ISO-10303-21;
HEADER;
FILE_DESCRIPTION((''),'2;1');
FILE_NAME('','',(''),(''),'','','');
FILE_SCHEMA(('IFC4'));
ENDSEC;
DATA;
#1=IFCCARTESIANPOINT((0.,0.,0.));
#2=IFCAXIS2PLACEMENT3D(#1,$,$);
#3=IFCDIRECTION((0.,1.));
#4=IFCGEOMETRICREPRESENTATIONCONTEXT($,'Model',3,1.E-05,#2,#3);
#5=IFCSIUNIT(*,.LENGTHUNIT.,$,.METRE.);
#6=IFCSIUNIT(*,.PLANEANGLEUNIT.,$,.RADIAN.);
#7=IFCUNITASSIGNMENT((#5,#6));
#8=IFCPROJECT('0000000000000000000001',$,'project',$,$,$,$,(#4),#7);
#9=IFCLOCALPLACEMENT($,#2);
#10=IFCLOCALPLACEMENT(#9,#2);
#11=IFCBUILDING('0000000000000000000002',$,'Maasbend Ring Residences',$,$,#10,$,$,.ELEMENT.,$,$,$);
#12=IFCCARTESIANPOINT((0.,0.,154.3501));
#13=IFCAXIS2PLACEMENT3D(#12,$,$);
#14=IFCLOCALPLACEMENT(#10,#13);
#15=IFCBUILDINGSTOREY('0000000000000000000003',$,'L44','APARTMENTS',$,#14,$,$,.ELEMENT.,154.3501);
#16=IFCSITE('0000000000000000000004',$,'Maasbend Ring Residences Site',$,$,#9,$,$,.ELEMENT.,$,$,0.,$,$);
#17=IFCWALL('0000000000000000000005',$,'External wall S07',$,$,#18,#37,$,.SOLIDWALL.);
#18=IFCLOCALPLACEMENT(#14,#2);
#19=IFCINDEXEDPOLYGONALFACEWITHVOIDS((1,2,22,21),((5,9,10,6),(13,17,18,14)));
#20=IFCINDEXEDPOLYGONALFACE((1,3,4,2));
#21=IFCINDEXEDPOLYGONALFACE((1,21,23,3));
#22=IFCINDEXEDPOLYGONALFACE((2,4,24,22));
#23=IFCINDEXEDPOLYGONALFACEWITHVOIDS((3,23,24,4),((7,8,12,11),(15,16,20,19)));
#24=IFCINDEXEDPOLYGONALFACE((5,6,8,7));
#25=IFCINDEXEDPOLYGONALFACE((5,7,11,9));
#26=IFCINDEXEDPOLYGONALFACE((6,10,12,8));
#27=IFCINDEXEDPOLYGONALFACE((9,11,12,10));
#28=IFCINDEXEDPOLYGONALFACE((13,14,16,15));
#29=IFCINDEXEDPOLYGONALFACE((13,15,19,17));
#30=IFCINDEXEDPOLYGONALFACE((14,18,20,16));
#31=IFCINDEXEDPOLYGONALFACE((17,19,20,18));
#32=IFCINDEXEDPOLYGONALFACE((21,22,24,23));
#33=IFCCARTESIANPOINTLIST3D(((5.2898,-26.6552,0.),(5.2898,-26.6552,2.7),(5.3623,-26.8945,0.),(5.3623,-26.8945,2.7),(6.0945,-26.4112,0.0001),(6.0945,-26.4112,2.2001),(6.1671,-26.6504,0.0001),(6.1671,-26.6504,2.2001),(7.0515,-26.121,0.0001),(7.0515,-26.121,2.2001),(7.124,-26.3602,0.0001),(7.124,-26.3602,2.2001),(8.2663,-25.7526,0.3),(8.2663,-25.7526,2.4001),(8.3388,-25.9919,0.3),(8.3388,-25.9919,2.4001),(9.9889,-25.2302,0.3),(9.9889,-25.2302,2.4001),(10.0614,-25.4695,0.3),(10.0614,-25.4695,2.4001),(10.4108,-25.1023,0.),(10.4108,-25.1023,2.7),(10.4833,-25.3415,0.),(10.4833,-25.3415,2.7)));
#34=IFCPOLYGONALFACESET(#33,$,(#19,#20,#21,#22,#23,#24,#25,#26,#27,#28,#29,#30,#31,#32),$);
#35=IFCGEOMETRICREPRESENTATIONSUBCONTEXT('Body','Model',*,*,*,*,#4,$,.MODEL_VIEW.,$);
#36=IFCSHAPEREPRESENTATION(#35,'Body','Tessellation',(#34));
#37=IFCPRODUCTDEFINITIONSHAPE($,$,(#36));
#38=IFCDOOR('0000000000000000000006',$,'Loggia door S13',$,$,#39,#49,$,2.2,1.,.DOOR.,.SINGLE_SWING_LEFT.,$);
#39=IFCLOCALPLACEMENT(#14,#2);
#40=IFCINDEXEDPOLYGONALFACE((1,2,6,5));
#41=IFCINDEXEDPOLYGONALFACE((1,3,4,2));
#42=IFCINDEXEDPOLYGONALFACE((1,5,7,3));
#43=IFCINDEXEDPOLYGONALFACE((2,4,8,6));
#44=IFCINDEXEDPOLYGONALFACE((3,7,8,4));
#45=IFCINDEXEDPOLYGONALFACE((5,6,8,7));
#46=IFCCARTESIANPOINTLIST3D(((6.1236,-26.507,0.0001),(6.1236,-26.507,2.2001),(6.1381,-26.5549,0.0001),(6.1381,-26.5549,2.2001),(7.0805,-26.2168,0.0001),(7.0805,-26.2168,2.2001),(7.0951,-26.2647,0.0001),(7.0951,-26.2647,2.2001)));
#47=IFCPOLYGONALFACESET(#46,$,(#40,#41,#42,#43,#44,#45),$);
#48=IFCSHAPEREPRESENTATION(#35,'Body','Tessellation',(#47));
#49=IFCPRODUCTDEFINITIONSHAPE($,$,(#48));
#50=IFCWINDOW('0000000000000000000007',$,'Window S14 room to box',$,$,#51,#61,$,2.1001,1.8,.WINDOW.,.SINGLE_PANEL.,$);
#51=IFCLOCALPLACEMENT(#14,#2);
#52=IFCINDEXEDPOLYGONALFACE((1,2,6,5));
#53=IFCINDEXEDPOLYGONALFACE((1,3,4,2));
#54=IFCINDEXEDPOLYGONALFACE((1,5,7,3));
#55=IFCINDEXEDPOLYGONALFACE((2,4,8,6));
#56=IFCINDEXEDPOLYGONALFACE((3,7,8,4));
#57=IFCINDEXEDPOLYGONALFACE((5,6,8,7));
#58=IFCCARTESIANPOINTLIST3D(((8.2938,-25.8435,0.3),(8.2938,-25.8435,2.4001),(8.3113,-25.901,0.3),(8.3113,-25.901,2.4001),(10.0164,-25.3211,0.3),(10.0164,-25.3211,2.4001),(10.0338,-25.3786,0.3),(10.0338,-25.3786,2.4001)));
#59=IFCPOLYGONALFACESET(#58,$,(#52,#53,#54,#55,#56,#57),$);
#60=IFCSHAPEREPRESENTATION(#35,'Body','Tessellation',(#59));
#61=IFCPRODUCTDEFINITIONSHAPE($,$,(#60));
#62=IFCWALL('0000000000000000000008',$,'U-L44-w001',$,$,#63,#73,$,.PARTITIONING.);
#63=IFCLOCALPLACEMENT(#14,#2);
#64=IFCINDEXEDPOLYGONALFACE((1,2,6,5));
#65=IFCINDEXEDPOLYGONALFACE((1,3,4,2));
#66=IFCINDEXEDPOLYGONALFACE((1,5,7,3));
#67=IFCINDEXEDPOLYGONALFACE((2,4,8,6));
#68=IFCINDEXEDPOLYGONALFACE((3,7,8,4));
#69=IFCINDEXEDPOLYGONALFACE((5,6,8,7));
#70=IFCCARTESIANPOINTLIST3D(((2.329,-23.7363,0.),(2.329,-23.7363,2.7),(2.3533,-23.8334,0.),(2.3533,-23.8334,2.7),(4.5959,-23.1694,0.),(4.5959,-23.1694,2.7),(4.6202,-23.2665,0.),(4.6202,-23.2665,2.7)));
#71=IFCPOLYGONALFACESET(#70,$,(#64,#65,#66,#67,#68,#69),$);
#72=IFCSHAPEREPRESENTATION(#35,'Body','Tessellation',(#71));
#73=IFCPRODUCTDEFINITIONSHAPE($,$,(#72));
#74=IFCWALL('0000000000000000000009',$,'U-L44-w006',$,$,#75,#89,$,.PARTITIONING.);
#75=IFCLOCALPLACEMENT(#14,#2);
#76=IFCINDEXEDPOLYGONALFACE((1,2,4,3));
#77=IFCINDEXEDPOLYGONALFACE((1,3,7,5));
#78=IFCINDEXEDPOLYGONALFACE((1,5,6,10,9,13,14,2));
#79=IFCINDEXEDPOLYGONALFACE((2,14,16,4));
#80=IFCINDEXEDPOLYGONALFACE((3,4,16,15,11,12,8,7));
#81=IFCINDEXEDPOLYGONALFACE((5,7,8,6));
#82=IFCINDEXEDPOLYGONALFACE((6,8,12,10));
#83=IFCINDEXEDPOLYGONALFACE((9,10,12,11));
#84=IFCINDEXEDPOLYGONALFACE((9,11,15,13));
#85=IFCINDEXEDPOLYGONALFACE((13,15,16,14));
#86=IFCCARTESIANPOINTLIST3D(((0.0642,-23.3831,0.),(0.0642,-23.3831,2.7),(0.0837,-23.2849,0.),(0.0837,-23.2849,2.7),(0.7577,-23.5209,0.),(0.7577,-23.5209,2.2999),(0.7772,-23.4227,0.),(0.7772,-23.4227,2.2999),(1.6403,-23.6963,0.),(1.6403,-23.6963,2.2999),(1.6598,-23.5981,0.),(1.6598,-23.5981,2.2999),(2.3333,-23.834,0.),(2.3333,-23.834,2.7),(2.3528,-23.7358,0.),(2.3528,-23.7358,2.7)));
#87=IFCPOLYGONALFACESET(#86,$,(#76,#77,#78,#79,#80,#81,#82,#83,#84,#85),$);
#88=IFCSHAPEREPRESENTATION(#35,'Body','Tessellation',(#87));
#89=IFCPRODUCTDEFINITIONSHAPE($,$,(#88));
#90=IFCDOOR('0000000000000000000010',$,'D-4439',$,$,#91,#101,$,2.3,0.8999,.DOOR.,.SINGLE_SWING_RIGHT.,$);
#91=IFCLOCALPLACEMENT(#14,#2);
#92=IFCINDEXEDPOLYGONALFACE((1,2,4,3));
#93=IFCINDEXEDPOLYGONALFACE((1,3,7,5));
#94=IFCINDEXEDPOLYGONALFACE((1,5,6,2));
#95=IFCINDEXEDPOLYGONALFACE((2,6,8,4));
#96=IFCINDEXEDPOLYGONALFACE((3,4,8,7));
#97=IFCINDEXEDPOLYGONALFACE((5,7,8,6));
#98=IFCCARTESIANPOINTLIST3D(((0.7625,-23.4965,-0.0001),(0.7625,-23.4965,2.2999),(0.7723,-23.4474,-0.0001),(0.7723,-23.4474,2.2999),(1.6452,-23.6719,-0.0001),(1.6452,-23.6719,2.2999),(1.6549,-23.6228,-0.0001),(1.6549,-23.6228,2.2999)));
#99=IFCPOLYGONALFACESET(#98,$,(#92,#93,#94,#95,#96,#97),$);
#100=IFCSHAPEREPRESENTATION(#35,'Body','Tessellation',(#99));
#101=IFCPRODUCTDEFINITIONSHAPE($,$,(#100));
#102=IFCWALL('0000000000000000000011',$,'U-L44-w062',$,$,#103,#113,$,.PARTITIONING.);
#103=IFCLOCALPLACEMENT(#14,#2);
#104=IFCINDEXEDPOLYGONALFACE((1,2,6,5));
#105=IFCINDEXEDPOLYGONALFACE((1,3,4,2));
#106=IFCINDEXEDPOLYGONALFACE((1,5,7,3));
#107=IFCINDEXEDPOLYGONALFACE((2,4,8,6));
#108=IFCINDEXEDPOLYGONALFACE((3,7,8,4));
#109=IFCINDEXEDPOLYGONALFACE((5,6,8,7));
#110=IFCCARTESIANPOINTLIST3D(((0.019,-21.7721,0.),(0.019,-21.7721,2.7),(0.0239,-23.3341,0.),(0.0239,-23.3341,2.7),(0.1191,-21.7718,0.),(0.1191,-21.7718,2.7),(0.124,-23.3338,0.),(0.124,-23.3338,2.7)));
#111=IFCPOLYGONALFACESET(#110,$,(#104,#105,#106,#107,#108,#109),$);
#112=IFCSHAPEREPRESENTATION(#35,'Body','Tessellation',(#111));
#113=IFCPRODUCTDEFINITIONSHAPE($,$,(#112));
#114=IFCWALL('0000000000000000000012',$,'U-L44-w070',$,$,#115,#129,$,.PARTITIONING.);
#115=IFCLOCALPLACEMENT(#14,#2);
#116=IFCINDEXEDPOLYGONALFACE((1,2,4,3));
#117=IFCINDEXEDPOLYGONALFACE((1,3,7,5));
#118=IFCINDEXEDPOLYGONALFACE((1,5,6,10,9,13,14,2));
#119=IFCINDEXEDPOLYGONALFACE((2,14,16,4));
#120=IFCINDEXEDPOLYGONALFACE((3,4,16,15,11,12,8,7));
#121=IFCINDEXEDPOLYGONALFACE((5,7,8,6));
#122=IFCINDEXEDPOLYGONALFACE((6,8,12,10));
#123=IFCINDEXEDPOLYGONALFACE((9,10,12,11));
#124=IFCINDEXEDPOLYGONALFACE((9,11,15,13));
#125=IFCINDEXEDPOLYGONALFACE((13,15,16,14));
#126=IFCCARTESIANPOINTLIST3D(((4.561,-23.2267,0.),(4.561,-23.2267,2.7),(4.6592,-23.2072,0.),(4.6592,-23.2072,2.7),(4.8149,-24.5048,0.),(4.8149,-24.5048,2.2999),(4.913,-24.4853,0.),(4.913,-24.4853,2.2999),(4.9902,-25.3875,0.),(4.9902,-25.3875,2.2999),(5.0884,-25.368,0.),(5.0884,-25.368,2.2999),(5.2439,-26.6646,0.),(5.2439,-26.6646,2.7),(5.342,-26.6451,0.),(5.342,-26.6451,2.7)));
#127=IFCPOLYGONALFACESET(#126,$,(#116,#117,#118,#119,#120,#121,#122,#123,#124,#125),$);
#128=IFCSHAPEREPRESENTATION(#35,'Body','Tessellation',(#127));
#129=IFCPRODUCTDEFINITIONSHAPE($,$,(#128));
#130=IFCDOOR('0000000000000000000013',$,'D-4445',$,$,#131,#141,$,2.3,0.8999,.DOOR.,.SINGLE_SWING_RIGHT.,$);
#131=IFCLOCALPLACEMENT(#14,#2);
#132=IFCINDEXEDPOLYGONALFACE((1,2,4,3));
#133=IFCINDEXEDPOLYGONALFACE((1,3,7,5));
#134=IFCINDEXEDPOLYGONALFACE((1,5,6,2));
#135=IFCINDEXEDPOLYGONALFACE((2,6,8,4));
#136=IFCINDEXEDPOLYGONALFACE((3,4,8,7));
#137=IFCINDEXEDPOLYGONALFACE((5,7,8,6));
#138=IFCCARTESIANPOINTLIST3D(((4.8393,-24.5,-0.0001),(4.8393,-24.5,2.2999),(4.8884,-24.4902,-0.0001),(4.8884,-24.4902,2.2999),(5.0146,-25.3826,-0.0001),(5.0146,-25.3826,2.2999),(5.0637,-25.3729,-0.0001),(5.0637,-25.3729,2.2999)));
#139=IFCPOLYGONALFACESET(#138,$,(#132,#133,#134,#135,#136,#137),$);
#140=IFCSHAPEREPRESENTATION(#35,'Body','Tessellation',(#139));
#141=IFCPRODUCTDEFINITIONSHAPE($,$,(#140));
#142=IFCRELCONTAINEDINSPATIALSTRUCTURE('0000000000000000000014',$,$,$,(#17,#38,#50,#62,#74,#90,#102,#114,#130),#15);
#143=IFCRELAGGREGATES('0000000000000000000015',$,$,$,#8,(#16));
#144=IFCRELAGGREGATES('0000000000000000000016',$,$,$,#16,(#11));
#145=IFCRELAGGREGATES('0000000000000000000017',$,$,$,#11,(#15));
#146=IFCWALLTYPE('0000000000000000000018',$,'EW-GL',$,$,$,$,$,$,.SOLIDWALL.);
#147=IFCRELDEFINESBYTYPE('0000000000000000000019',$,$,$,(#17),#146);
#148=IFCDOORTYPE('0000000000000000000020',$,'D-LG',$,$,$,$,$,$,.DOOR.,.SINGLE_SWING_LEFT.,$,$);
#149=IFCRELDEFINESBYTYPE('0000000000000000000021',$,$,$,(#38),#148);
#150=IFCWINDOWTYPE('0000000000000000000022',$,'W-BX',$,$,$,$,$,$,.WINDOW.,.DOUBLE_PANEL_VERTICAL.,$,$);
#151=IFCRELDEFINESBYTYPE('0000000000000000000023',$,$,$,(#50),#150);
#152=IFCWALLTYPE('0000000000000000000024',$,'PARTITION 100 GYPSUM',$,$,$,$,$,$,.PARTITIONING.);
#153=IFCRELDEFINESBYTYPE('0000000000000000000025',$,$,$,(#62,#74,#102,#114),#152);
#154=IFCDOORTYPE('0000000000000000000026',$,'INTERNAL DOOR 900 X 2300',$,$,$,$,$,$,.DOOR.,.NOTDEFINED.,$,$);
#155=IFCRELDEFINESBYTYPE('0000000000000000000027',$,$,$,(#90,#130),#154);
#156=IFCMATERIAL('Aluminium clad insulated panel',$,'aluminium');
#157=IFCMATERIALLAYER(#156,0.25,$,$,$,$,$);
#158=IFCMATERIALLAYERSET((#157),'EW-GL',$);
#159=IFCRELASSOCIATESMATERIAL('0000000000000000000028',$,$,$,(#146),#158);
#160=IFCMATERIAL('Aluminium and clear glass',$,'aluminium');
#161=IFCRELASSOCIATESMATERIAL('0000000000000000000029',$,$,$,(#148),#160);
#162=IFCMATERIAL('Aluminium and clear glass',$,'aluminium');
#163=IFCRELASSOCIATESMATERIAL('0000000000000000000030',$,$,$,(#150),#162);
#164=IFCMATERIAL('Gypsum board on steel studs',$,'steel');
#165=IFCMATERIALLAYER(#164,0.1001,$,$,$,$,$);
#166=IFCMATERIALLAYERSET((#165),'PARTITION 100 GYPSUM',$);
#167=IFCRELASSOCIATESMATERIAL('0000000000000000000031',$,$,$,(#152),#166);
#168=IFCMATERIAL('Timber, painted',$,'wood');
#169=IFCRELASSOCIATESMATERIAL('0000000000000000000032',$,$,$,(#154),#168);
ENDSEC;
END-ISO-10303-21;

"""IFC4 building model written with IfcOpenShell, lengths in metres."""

from ifc_helpers import new_model, si_unit, direction, frame, frame_2d, origin, place, context, subcontext, project, spatial, rectangle, extrude, material, layer, layer_set, type_object, element, fill, save


model = new_model("IFC4")

# Units and contexts
model_context = context("Model", 3, precision=1e-05, world=origin(), true_north=direction((0.0, 1.0)))
body_context = subcontext(model_context, "Body", "Model", "MODEL_VIEW")
ifc_project = project(units=[si_unit("LENGTHUNIT", "METRE"), si_unit("PLANEANGLEUNIT", "RADIAN")], contexts=[model_context])

# Site, building, storey
site_placement = place(None, origin())
site = spatial("IfcSite", under=ifc_project, at=site_placement, Name="Maasbend Ring Residences Site", CompositionType="ELEMENT", RefElevation=0.0)
building_placement = place(site_placement, origin())
building = spatial("IfcBuilding", under=site, at=building_placement, Name="Maasbend Ring Residences", CompositionType="ELEMENT")
storey_placement = place(building_placement, frame((0.0, 0.0, 154.3501)))
storey = spatial("IfcBuildingStorey", under=building, at=storey_placement, Name="L44", Description="APARTMENTS", CompositionType="ELEMENT", Elevation=154.3501)

# Wall, openings, door, window
ifc_material_1 = material(Name="Aluminium clad insulated panel", Category="aluminium")
ifc_layer_1 = layer(ifc_material_1, 0.25)
ifc_layer_set_1 = layer_set([ifc_layer_1], Name="EW-GL")
wall_type_1 = type_object("IfcWallType", Name="EW-GL", PredefinedType="SOLIDWALL", material=ifc_layer_set_1)
wall_1_placement = place(storey_placement, frame((5.3259, -26.7749, 0.0), z_axis=(0.0, 0.0, 1.0), x_axis=(0.956966, 0.290201, 0.0)))
wall_1 = element("IfcWall", 1, at=wall_1_placement, inside=storey, type_object=wall_type_1, Name="External wall S07", PredefinedType="SOLIDWALL", context=body_context, shape_type="SweptSolid", body=[
    extrude(rectangle(XDim=5.3513, YDim=0.25, at=frame_2d((2.6758, 0.0))), origin(), (0.0, 0.0, 1.0), 2.7),
])
opening_1_placement = place(wall_1_placement, frame((0.8411, 0.0, 0.0)))
opening_1 = element("IfcOpeningElement", 2, at=opening_1_placement, cuts=wall_1, PredefinedType="OPENING", context=body_context, shape_type="SweptSolid", body=[
    extrude(rectangle(XDim=1.0, YDim=2.2, at=frame_2d((0.5, 1.1001))), frame((0.0, 0.135, 0.0), z_axis=(0.0, -1.0, 0.0), x_axis=(1.0, 0.0, 0.0)), (0.0, 0.0, 1.0), 0.27),
])
opening_2_placement = place(wall_1_placement, frame((3.1106, 0.0, 0.3)))
opening_2 = element("IfcOpeningElement", 3, at=opening_2_placement, cuts=wall_1, PredefinedType="OPENING", context=body_context, shape_type="SweptSolid", body=[
    extrude(rectangle(XDim=1.8, YDim=2.1001, at=frame_2d((0.8999, 1.05))), frame((0.0, 0.135, 0.0), z_axis=(0.0, -1.0, 0.0), x_axis=(1.0, 0.0, 0.0)), (0.0, 0.0, 1.0), 0.27),
])
ifc_material_2 = material(Name="Aluminium and clear glass", Category="aluminium")
door_type_1 = type_object("IfcDoorType", Name="D-LG", OperationType="SINGLE_SWING_LEFT", PredefinedType="DOOR", material=ifc_material_2)
door_1_placement = place(opening_1_placement, origin())
door_1 = element("IfcDoor", 4, at=door_1_placement, inside=storey, type_object=door_type_1, Name="Loggia door S13", OperationType="SINGLE_SWING_LEFT", OverallHeight=2.2, OverallWidth=1.0, PredefinedType="DOOR", context=body_context, shape_type="SweptSolid", body=[
    extrude(rectangle(XDim=1.0, YDim=2.2, at=frame_2d((0.5, 1.1001))), frame((0.0, 0.0249, 0.0), z_axis=(0.0, -1.0, 0.0), x_axis=(1.0, 0.0, 0.0)), (0.0, 0.0, 1.0), 0.05),
])
fill(opening_1, door_1)
ifc_material_3 = material(Name="Aluminium and clear glass", Category="aluminium")
window_type_1 = type_object("IfcWindowType", Name="W-BX", PartitioningType="DOUBLE_PANEL_VERTICAL", PredefinedType="WINDOW", material=ifc_material_3)
window_1_placement = place(opening_2_placement, origin())
window_1 = element("IfcWindow", 5, at=window_1_placement, inside=storey, type_object=window_type_1, Name="Window S14 room to box", OverallHeight=2.1001, OverallWidth=1.8, PartitioningType="SINGLE_PANEL", PredefinedType="WINDOW", context=body_context, shape_type="SweptSolid", body=[
    extrude(rectangle(XDim=1.8, YDim=2.1001, at=frame_2d((0.8999, 1.05))), frame((0.0, 0.03, 0.0), z_axis=(0.0, -1.0, 0.0), x_axis=(1.0, 0.0, 0.0)), (0.0, 0.0, 1.0), 0.0601),
])
fill(opening_2, window_1)

# Wall
ifc_material_4 = material(Name="Gypsum board on steel studs", Category="steel")
ifc_layer_2 = layer(ifc_material_4, 0.1001)
ifc_layer_set_2 = layer_set([ifc_layer_2], Name="PARTITION 100 GYPSUM")
wall_type_2 = type_object("IfcWallType", Name="PARTITION 100 GYPSUM", PredefinedType="PARTITIONING", material=ifc_layer_set_2)
wall_2_placement = place(storey_placement, frame((2.3411, -23.7849, 0.0), z_axis=(0.0, 0.0, 1.0), x_axis=(0.970124, 0.242609, 0.0)))
element("IfcWall", 6, at=wall_2_placement, inside=storey, type_object=wall_type_2, Name="U-L44-w001", PredefinedType="PARTITIONING", context=body_context, shape_type="SweptSolid", body=[
    extrude(rectangle(XDim=2.3367, YDim=0.1001, at=frame_2d((1.1685, 0.0))), origin(), (0.0, 0.0, 1.0), 2.7),
])

# Wall, opening, door
wall_3_placement = place(storey_placement, frame((0.074, -23.334, 0.0), z_axis=(0.0, 0.0, 1.0), x_axis=(0.980819, -0.194919, 0.0)))
wall_3 = element("IfcWall", 7, at=wall_3_placement, inside=storey, type_object=wall_type_2, Name="U-L44-w006", PredefinedType="PARTITIONING", context=body_context, shape_type="SweptSolid", body=[
    extrude(rectangle(XDim=2.3135, YDim=0.1001, at=frame_2d((1.1567, 0.0))), origin(), (0.0, 0.0, 1.0), 2.7),
])
opening_3_placement = place(wall_3_placement, frame((0.707, 0.0, 0.0)))
opening_3 = element("IfcOpeningElement", 8, at=opening_3_placement, cuts=wall_3, PredefinedType="OPENING", context=body_context, shape_type="SweptSolid", body=[
    extrude(rectangle(XDim=0.8999, YDim=2.3, at=frame_2d((0.45, 1.1499))), frame((0.0, 0.0601, 0.0), z_axis=(0.0, -1.0, 0.0), x_axis=(1.0, 0.0, 0.0)), (0.0, 0.0, 1.0), 0.1201),
])
ifc_material_5 = material(Name="Timber, painted", Category="wood")
door_type_2 = type_object("IfcDoorType", Name="INTERNAL DOOR 900 X 2300", OperationType="NOTDEFINED", PredefinedType="DOOR", material=ifc_material_5)
door_2_placement = place(opening_3_placement, origin())
door_2 = element("IfcDoor", 9, at=door_2_placement, inside=storey, type_object=door_type_2, Name="D-4439", OperationType="SINGLE_SWING_RIGHT", OverallHeight=2.3, OverallWidth=0.8999, PredefinedType="DOOR", context=body_context, shape_type="SweptSolid", body=[
    extrude(rectangle(XDim=0.8999, YDim=2.3, at=frame_2d((0.45, 1.1499))), frame((0.0, 0.0249, 0.0), z_axis=(0.0, -1.0, 0.0), x_axis=(1.0, 0.0, 0.0)), (0.0, 0.0, 1.0), 0.05),
])
fill(opening_3, door_2)

# Wall
wall_4_placement = place(storey_placement, frame((0.074, -23.334, 0.0), z_axis=(0.0, 0.0, 1.0), x_axis=(-0.003126, 0.999995, 0.0)))
element("IfcWall", 10, at=wall_4_placement, inside=storey, type_object=wall_type_2, Name="U-L44-w062", PredefinedType="PARTITIONING", context=body_context, shape_type="SweptSolid", body=[
    extrude(rectangle(XDim=1.562, YDim=0.1001, at=frame_2d((0.781, 0.0))), origin(), (0.0, 0.0, 1.0), 2.7),
])

# Wall, opening, door
wall_5_placement = place(storey_placement, frame((4.6101, -23.217, 0.0), z_axis=(0.0, 0.0, 1.0), x_axis=(0.194817, -0.98084, 0.0)))
wall_5 = element("IfcWall", 11, at=wall_5_placement, inside=storey, type_object=wall_type_2, Name="U-L44-w070", PredefinedType="PARTITIONING", context=body_context, shape_type="SweptSolid", body=[
    extrude(rectangle(XDim=3.5051, YDim=0.1001, at=frame_2d((1.7524, 0.0))), origin(), (0.0, 0.0, 1.0), 2.7),
])
opening_4_placement = place(wall_5_placement, frame((1.303, 0.0, 0.0)))
opening_4 = element("IfcOpeningElement", 12, at=opening_4_placement, cuts=wall_5, PredefinedType="OPENING", context=body_context, shape_type="SweptSolid", body=[
    extrude(rectangle(XDim=0.8999, YDim=2.3, at=frame_2d((0.45, 1.1499))), frame((0.0, 0.0601, 0.0), z_axis=(0.0, -1.0, 0.0), x_axis=(1.0, 0.0, 0.0)), (0.0, 0.0, 1.0), 0.1201),
])
door_3_placement = place(opening_4_placement, origin())
door_3 = element("IfcDoor", 13, at=door_3_placement, inside=storey, type_object=door_type_2, Name="D-4445", OperationType="SINGLE_SWING_RIGHT", OverallHeight=2.3, OverallWidth=0.8999, PredefinedType="DOOR", context=body_context, shape_type="SweptSolid", body=[
    extrude(rectangle(XDim=0.8999, YDim=2.3, at=frame_2d((0.45, 1.1499))), frame((0.0, 0.0249, 0.0), z_axis=(0.0, -1.0, 0.0), x_axis=(1.0, 0.0, 0.0)), (0.0, 0.0, 1.0), 0.05),
])
fill(opening_4, door_3)

save(model, "model.ifc")
